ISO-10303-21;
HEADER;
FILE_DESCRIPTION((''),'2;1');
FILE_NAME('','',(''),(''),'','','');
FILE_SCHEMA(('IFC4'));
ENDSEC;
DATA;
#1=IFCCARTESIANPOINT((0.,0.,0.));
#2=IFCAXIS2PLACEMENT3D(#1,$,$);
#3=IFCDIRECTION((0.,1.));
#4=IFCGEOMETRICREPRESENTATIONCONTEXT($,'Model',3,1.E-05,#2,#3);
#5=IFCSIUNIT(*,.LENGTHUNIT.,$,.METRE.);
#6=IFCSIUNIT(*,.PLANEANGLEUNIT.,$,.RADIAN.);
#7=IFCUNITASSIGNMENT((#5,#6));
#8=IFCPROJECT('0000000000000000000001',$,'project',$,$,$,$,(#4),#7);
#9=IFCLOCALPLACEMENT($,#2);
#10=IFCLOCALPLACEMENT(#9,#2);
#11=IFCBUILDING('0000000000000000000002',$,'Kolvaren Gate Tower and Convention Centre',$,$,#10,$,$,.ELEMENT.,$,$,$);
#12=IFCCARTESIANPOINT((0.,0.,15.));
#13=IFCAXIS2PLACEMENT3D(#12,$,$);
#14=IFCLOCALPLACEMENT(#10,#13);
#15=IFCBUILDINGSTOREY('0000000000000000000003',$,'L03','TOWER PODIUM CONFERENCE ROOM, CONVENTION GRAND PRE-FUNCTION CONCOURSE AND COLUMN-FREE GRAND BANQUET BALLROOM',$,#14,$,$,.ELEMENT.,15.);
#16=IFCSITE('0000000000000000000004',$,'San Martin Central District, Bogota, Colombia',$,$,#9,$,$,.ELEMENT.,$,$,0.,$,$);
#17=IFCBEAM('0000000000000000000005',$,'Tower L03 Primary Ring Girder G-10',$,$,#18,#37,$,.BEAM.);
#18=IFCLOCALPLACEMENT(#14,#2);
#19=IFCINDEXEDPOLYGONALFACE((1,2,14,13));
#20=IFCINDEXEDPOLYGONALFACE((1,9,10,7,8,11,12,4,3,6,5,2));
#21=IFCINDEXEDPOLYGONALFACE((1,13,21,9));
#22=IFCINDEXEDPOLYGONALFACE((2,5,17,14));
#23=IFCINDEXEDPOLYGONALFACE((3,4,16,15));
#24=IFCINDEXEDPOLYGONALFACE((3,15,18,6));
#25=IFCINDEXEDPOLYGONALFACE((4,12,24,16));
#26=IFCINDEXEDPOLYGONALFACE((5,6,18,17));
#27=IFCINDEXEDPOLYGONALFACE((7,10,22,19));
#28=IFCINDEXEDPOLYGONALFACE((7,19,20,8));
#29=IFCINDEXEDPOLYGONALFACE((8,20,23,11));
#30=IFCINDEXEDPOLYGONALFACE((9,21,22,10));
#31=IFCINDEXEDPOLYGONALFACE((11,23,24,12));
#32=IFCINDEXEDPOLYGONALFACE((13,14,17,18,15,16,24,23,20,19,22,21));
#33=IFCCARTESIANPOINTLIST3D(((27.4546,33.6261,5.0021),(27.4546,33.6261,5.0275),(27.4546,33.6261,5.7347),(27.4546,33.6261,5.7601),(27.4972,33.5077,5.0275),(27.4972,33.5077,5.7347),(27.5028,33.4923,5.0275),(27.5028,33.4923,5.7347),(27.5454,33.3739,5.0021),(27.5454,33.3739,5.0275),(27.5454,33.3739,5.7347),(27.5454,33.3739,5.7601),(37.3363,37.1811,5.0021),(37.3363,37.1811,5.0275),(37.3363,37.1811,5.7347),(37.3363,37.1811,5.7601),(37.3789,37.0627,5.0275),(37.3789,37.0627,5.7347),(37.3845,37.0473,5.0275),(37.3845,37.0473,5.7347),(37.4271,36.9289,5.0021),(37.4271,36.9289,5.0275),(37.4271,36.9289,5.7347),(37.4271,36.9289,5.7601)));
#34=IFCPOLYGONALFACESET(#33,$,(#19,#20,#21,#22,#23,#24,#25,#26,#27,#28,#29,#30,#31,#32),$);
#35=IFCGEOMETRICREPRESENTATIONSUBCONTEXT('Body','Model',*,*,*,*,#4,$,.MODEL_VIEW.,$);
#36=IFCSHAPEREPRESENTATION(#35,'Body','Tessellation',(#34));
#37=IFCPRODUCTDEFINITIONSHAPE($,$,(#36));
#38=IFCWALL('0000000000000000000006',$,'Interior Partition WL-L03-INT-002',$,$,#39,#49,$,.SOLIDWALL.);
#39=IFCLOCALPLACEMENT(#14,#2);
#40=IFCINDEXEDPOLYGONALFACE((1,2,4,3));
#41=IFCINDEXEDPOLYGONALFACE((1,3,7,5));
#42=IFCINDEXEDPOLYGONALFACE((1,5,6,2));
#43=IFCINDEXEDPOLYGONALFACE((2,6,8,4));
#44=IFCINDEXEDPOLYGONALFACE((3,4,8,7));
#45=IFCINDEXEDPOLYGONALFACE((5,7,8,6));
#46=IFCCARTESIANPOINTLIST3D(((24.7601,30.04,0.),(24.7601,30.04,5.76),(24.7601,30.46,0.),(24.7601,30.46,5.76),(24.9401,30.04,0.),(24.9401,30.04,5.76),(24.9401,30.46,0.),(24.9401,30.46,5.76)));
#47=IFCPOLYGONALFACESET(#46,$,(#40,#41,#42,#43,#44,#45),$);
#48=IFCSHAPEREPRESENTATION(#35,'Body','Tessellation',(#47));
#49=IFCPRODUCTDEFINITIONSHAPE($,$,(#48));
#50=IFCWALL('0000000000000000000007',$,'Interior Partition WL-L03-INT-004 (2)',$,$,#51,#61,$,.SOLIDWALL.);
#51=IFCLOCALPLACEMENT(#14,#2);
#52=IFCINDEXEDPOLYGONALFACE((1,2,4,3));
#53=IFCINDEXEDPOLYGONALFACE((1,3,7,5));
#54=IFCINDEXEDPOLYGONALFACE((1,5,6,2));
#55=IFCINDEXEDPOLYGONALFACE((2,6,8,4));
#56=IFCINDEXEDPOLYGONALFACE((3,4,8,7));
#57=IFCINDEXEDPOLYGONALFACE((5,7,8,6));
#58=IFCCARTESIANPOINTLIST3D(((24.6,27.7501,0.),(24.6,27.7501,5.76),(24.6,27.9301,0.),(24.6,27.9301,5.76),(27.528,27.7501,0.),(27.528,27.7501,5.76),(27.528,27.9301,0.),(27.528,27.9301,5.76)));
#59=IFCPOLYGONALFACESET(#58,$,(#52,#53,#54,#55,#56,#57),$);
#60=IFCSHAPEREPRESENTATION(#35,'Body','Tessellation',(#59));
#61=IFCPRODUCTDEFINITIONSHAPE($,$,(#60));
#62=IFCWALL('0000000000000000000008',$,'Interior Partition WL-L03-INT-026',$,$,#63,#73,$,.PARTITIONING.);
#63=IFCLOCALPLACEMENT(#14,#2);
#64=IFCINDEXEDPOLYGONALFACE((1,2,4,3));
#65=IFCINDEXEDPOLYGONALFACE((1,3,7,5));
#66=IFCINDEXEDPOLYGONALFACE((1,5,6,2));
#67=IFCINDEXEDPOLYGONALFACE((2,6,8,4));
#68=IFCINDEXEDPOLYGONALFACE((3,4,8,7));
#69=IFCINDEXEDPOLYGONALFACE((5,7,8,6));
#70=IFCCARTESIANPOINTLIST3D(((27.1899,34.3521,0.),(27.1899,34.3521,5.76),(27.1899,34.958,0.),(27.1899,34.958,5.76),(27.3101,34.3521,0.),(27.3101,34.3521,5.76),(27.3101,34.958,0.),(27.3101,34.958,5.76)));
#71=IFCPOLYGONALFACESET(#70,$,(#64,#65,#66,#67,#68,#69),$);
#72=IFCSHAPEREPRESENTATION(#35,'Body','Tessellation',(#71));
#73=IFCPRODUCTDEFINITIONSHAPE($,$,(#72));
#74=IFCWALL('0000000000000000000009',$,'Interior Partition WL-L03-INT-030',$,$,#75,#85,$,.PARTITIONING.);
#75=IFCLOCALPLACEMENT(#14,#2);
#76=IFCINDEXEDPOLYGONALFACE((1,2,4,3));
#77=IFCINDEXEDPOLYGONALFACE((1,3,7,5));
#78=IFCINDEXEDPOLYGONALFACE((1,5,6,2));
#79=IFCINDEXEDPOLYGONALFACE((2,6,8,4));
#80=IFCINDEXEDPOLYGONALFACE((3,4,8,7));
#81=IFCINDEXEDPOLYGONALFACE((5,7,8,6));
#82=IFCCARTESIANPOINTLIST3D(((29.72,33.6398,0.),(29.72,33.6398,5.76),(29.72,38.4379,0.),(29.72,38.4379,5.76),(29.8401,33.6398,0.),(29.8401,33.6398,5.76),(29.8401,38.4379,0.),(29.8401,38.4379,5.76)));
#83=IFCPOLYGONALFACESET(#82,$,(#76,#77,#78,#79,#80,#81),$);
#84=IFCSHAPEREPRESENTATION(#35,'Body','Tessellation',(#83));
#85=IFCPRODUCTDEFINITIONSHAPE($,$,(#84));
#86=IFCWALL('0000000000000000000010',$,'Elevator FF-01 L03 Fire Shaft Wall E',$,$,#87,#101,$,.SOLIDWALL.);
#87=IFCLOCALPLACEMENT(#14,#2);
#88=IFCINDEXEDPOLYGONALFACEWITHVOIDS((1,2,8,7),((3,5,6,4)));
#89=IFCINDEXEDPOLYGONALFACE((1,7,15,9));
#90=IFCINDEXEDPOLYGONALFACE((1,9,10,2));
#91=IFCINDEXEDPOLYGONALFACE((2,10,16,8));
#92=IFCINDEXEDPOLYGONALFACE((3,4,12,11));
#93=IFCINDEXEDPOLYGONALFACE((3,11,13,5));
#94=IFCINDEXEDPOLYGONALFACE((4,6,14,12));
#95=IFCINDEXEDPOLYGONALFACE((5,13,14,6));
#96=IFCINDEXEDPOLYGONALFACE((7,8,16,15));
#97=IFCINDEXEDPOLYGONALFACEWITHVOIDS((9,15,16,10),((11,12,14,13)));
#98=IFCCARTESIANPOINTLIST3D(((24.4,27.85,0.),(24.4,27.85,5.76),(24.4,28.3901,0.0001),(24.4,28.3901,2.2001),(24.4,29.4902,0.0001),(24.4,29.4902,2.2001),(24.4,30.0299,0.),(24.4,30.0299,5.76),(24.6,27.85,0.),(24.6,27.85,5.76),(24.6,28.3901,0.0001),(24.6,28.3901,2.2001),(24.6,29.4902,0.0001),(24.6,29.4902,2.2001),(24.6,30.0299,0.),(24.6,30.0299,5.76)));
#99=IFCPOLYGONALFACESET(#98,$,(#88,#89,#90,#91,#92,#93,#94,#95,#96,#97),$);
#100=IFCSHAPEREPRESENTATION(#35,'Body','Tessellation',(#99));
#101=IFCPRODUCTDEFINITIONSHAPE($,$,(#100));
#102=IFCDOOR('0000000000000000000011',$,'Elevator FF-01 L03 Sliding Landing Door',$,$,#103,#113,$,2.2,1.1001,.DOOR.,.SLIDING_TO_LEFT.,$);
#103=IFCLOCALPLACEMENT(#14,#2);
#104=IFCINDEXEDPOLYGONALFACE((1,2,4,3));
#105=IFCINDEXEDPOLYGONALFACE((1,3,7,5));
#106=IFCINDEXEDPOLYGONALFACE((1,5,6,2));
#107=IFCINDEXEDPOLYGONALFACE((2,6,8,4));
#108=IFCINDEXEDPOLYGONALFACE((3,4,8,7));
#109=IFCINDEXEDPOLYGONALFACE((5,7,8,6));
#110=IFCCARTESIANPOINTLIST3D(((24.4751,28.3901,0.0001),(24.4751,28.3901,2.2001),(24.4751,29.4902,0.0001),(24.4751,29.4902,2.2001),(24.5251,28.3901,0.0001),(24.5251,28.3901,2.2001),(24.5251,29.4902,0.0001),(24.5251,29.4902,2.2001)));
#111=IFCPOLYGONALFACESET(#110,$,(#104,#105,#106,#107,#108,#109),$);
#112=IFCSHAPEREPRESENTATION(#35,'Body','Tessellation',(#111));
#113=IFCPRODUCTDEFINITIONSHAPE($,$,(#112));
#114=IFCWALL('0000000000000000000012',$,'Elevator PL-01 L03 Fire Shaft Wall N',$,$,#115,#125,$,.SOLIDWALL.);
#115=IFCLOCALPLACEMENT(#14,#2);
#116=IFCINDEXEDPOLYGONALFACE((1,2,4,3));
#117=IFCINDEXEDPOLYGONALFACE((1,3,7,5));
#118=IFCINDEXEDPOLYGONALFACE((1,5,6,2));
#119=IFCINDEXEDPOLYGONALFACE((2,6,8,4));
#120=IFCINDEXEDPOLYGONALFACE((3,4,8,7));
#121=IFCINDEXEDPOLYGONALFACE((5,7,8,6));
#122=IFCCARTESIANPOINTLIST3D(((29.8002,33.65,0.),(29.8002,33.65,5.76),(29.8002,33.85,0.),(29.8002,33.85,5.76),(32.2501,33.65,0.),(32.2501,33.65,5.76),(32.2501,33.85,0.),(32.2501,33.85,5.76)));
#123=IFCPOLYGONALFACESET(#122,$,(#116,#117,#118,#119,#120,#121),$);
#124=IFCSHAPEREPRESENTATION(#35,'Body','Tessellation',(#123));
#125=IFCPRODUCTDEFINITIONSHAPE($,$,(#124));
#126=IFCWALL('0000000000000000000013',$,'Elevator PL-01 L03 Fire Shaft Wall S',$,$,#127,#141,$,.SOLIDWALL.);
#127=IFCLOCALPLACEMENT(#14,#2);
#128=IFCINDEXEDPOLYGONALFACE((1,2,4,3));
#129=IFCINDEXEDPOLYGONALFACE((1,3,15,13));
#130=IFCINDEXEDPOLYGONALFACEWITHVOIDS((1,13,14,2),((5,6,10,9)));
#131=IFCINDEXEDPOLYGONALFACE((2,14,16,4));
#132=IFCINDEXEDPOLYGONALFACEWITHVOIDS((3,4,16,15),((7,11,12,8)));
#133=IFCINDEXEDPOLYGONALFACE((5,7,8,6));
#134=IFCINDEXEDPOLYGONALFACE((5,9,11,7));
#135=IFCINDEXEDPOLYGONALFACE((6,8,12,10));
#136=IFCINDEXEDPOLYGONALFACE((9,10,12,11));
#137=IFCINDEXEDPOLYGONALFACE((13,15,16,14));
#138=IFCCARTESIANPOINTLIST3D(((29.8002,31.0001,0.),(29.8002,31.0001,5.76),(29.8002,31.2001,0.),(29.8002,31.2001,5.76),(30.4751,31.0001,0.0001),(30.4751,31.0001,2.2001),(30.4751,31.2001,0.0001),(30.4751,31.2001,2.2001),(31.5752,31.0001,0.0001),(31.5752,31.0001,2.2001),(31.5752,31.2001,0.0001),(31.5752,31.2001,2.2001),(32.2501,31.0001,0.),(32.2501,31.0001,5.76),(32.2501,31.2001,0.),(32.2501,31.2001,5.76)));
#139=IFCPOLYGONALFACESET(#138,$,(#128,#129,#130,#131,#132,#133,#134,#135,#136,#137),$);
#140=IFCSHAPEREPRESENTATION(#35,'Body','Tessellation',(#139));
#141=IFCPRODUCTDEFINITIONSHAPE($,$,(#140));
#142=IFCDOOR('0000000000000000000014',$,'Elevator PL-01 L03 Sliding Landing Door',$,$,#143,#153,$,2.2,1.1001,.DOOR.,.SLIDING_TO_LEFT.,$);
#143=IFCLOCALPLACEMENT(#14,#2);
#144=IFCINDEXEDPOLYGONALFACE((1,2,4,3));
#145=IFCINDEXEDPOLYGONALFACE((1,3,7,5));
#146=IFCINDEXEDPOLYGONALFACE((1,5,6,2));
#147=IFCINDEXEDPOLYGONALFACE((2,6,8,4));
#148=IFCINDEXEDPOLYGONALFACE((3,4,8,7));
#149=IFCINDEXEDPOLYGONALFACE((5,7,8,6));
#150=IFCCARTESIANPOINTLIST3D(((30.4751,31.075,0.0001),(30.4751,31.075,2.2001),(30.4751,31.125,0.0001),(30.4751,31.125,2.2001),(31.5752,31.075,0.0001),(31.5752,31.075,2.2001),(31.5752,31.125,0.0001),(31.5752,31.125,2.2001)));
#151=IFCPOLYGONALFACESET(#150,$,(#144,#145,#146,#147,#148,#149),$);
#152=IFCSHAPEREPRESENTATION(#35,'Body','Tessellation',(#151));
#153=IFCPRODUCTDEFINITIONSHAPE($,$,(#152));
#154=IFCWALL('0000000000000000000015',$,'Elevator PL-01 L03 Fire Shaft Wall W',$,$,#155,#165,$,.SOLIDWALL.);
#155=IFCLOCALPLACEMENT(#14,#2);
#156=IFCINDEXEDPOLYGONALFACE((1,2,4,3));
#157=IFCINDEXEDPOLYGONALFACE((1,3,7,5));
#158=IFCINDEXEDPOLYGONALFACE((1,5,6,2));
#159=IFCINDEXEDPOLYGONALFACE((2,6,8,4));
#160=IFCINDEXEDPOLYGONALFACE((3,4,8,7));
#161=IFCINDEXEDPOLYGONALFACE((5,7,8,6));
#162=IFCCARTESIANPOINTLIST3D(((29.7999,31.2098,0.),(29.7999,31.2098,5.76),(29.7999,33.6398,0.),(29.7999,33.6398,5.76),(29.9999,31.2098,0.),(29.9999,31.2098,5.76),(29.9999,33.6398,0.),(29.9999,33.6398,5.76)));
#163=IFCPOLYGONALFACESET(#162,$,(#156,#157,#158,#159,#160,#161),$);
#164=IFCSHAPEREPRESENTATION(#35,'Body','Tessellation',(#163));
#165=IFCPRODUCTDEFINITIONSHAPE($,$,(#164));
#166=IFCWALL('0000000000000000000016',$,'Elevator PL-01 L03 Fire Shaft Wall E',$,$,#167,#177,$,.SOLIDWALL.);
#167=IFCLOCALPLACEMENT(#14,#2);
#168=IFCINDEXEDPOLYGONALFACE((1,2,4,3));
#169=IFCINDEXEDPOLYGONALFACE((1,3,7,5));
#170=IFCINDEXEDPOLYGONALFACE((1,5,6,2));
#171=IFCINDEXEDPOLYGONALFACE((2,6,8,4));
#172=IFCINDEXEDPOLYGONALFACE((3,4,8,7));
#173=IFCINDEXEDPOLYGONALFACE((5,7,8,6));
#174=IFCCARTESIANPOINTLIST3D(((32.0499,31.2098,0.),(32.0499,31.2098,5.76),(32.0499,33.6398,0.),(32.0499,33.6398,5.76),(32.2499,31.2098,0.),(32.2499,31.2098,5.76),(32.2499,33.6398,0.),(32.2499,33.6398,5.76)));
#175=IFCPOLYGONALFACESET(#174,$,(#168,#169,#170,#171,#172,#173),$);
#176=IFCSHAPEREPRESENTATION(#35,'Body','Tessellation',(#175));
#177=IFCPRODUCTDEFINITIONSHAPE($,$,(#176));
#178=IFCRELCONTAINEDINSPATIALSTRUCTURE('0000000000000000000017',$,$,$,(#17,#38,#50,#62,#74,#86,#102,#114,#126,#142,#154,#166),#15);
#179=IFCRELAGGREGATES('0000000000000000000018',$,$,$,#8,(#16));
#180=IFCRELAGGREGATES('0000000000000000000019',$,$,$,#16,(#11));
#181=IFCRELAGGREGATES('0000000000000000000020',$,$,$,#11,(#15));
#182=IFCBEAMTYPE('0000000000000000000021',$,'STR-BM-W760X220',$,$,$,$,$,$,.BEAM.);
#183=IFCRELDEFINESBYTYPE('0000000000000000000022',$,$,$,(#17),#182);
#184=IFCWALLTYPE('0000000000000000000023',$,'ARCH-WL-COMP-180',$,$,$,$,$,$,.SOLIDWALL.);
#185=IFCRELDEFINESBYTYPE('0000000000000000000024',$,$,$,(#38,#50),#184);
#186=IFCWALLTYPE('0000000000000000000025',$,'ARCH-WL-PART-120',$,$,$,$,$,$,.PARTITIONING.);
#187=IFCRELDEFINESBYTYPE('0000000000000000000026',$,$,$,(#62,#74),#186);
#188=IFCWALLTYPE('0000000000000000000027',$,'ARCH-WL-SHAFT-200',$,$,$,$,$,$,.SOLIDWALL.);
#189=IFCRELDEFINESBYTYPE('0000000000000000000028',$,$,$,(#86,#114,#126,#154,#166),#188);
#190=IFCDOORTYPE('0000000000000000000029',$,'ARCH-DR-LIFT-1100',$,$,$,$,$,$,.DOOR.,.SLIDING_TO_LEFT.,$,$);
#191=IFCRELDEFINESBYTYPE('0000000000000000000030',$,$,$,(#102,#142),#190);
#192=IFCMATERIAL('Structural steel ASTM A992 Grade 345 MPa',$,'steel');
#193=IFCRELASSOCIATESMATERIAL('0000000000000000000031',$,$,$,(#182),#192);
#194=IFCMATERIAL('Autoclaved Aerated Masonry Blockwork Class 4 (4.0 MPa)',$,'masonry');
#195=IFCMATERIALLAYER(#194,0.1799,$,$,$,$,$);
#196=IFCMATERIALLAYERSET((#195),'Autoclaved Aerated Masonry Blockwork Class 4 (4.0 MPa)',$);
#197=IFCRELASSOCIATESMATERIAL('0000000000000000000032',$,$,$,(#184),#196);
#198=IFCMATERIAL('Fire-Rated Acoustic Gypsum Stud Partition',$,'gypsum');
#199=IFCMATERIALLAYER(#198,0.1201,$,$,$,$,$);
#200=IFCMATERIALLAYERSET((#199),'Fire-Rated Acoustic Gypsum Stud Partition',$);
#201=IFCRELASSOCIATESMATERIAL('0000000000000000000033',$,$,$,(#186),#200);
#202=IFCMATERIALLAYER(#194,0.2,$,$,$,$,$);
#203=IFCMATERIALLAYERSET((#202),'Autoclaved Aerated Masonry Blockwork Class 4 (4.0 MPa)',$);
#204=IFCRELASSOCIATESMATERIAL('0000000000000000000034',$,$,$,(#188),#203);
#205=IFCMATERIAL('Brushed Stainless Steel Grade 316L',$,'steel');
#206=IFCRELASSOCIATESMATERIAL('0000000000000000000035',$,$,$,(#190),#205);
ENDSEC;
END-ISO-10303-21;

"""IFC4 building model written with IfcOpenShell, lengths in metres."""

from ifc_helpers import new_model, si_unit, direction, frame, frame_2d, origin, origin_2d, place, context, subcontext, project, spatial, rectangle, i_section, extrude, material, layer, layer_set, material_profile, profile_set, type_object, element, fill, save


model = new_model("IFC4")

# Units and contexts
model_context = context("Model", 3, precision=1e-05, world=origin(), true_north=direction((0.0, 1.0)))
body_context = subcontext(model_context, "Body", "Model", "MODEL_VIEW")
ifc_project = project(units=[si_unit("LENGTHUNIT", "METRE"), si_unit("PLANEANGLEUNIT", "RADIAN")], contexts=[model_context])

# Site, building, storey
site_placement = place(None, origin())
site = spatial("IfcSite", under=ifc_project, at=site_placement, Name="San Martin Central District, Bogota, Colombia", CompositionType="ELEMENT", RefElevation=0.0)
building_placement = place(site_placement, origin())
building = spatial("IfcBuilding", under=site, at=building_placement, Name="Kolvaren Gate Tower and Convention Centre", CompositionType="ELEMENT")
storey_placement = place(building_placement, frame((0.0, 0.0, 15.0)))
storey = spatial("IfcBuildingStorey", under=building, at=storey_placement, Name="L03", Description="TOWER PODIUM CONFERENCE ROOM, CONVENTION GRAND PRE-FUNCTION CONCOURSE AND COLUMN-FREE GRAND BANQUET BALLROOM", CompositionType="ELEMENT", Elevation=15.0)

# Beam
ifc_material_1 = material(Name="Structural steel ASTM A992 Grade 345 MPa", Category="steel")
ifc_material_profile = material_profile(ifc_material_1, i_section(OverallWidth=0.2681, OverallDepth=0.7581, WebThickness=0.0164, FlangeThickness=0.0254, at=origin_2d()), Name="W760X220")
ifc_profile_set = profile_set([ifc_material_profile], Name="Structural steel ASTM A992 Grade 345 MPa")
beam_type = type_object("IfcBeamType", Name="STR-BM-W760X220", PredefinedType="BEAM", material=ifc_profile_set)
beam_placement = place(storey_placement, frame((27.5, 33.5, 5.3811), z_axis=(0.940961, 0.338514, 0.0), x_axis=(-0.338514, 0.940961, 0.0)))
element("IfcBeam", 1, at=beam_placement, inside=storey, type_object=beam_type, Name="Tower L03 Primary Ring Girder G-10", PredefinedType="BEAM", context=body_context, shape_type="SweptSolid", body=[
    extrude(i_section(OverallWidth=0.2681, OverallDepth=0.7581, WebThickness=0.0164, FlangeThickness=0.0254, at=origin_2d()), origin(), (0.0, 0.0, 1.0), 10.5017),
])

# Walls
ifc_material_2 = material(Name="Autoclaved Aerated Masonry Blockwork Class 4 (4.0 MPa)", Category="masonry")
ifc_layer_1 = layer(ifc_material_2, 0.1799)
ifc_layer_set_1 = layer_set([ifc_layer_1], Name="Autoclaved Aerated Masonry Blockwork Class 4 (4.0 MPa)")
wall_type_1 = type_object("IfcWallType", Name="ARCH-WL-COMP-180", PredefinedType="SOLIDWALL", material=ifc_layer_set_1)
wall_1_placement = place(storey_placement, frame((24.8501, 30.04, 0.0), z_axis=(0.0, 0.0, 1.0), x_axis=(0.0, 1.0, 0.0)))
element("IfcWall", 2, at=wall_1_placement, inside=storey, type_object=wall_type_1, Name="Interior Partition WL-L03-INT-002", PredefinedType="SOLIDWALL", context=body_context, shape_type="SweptSolid", body=[
    extrude(rectangle(XDim=0.4199, YDim=0.1799, at=frame_2d((0.21, 0.0))), origin(), (0.0, 0.0, 1.0), 5.76),
])
wall_2_placement = place(storey_placement, frame((24.6001, 27.8401, 0.0), z_axis=(0.0, 0.0, 1.0), x_axis=(1.0, 0.0, 0.0)))
element("IfcWall", 3, at=wall_2_placement, inside=storey, type_object=wall_type_1, Name="Interior Partition WL-L03-INT-004 (2)", PredefinedType="SOLIDWALL", context=body_context, shape_type="SweptSolid", body=[
    extrude(rectangle(XDim=2.928, YDim=0.1799, at=frame_2d((1.4639, 0.0))), origin(), (0.0, 0.0, 1.0), 5.76),
])
ifc_material_3 = material(Name="Fire-Rated Acoustic Gypsum Stud Partition", Category="gypsum")
ifc_layer_2 = layer(ifc_material_3, 0.1201)
ifc_layer_set_2 = layer_set([ifc_layer_2], Name="Fire-Rated Acoustic Gypsum Stud Partition")
wall_type_2 = type_object("IfcWallType", Name="ARCH-WL-PART-120", PredefinedType="PARTITIONING", material=ifc_layer_set_2)
wall_3_placement = place(storey_placement, frame((27.25, 34.3521, 0.0), z_axis=(0.0, 0.0, 1.0), x_axis=(0.0, 1.0, 0.0)))
element("IfcWall", 4, at=wall_3_placement, inside=storey, type_object=wall_type_2, Name="Interior Partition WL-L03-INT-026", PredefinedType="PARTITIONING", context=body_context, shape_type="SweptSolid", body=[
    extrude(rectangle(XDim=0.606, YDim=0.1201, at=frame_2d((0.303, 0.0))), origin(), (0.0, 0.0, 1.0), 5.76),
])
wall_4_placement = place(storey_placement, frame((29.78, 33.6399, 0.0), z_axis=(0.0, 0.0, 1.0), x_axis=(0.0, 1.0, 0.0)))
element("IfcWall", 5, at=wall_4_placement, inside=storey, type_object=wall_type_2, Name="Interior Partition WL-L03-INT-030", PredefinedType="PARTITIONING", context=body_context, shape_type="SweptSolid", body=[
    extrude(rectangle(XDim=4.7981, YDim=0.1201, at=frame_2d((2.3989, 0.0))), origin(), (0.0, 0.0, 1.0), 5.76),
])

# Wall, opening, door
ifc_layer_3 = layer(ifc_material_2, 0.2)
ifc_layer_set_3 = layer_set([ifc_layer_3], Name="Autoclaved Aerated Masonry Blockwork Class 4 (4.0 MPa)")
wall_type_3 = type_object("IfcWallType", Name="ARCH-WL-SHAFT-200", PredefinedType="SOLIDWALL", material=ifc_layer_set_3)
wall_5_placement = place(storey_placement, frame((24.5, 27.8501, 0.0), z_axis=(0.0, 0.0, 1.0), x_axis=(0.0, 1.0, 0.0)))
wall_5 = element("IfcWall", 6, at=wall_5_placement, inside=storey, type_object=wall_type_3, Name="Elevator FF-01 L03 Fire Shaft Wall E", PredefinedType="SOLIDWALL", context=body_context, shape_type="SweptSolid", body=[
    extrude(rectangle(XDim=2.1799, YDim=0.2, at=frame_2d((1.0898, 0.0))), origin(), (0.0, 0.0, 1.0), 5.76),
])
opening_1_placement = place(wall_5_placement, frame((0.54, 0.0, 0.0)))
opening_1 = element("IfcOpeningElement", 7, at=opening_1_placement, cuts=wall_5, PredefinedType="OPENING", context=body_context, shape_type="SweptSolid", body=[
    extrude(rectangle(XDim=1.1001, YDim=2.2, at=frame_2d((0.55, 1.1001))), frame((0.0, 0.1099, 0.0), z_axis=(0.0, -1.0, 0.0), x_axis=(1.0, 0.0, 0.0)), (0.0, 0.0, 1.0), 0.22),
])
ifc_material_4 = material(Name="Brushed Stainless Steel Grade 316L", Category="steel")
door_type_1 = type_object("IfcDoorType", Name="ARCH-DR-LIFT-1100", OperationType="SLIDING_TO_LEFT", PredefinedType="DOOR", material=ifc_material_4)
door_1_placement = place(opening_1_placement, origin())
door_1 = element("IfcDoor", 8, at=door_1_placement, inside=storey, type_object=door_type_1, Name="Elevator FF-01 L03 Sliding Landing Door", OperationType="SLIDING_TO_LEFT", OverallHeight=2.2, OverallWidth=1.1001, PredefinedType="DOOR", context=body_context, shape_type="SweptSolid", body=[
    extrude(rectangle(XDim=1.1001, YDim=2.2, at=frame_2d((0.55, 1.1001))), frame((0.0, 0.0249, 0.0), z_axis=(0.0, -1.0, 0.0), x_axis=(1.0, 0.0, 0.0)), (0.0, 0.0, 1.0), 0.05),
])
fill(opening_1, door_1)

# Wall
wall_6_placement = place(storey_placement, frame((29.8, 33.75, 0.0), z_axis=(0.0, 0.0, 1.0), x_axis=(1.0, 0.0, 0.0)))
element("IfcWall", 9, at=wall_6_placement, inside=storey, type_object=wall_type_3, Name="Elevator PL-01 L03 Fire Shaft Wall N", PredefinedType="SOLIDWALL", context=body_context, shape_type="SweptSolid", body=[
    extrude(rectangle(XDim=2.45, YDim=0.2, at=frame_2d((1.2251, 0.0))), origin(), (0.0, 0.0, 1.0), 5.76),
])

# Wall, opening, door
wall_7_placement = place(storey_placement, frame((29.8, 31.1001, 0.0), z_axis=(0.0, 0.0, 1.0), x_axis=(1.0, 0.0, 0.0)))
wall_7 = element("IfcWall", 10, at=wall_7_placement, inside=storey, type_object=wall_type_3, Name="Elevator PL-01 L03 Fire Shaft Wall S", PredefinedType="SOLIDWALL", context=body_context, shape_type="SweptSolid", body=[
    extrude(rectangle(XDim=2.45, YDim=0.2, at=frame_2d((1.2251, 0.0))), origin(), (0.0, 0.0, 1.0), 5.76),
])
opening_2_placement = place(wall_7_placement, frame((0.675, 0.0, 0.0)))
opening_2 = element("IfcOpeningElement", 11, at=opening_2_placement, cuts=wall_7, PredefinedType="OPENING", context=body_context, shape_type="SweptSolid", body=[
    extrude(rectangle(XDim=1.1001, YDim=2.2, at=frame_2d((0.55, 1.1001))), frame((0.0, 0.1099, 0.0), z_axis=(0.0, -1.0, 0.0), x_axis=(1.0, 0.0, 0.0)), (0.0, 0.0, 1.0), 0.22),
])
door_2_placement = place(opening_2_placement, origin())
door_2 = element("IfcDoor", 12, at=door_2_placement, inside=storey, type_object=door_type_1, Name="Elevator PL-01 L03 Sliding Landing Door", OperationType="SLIDING_TO_LEFT", OverallHeight=2.2, OverallWidth=1.1001, PredefinedType="DOOR", context=body_context, shape_type="SweptSolid", body=[
    extrude(rectangle(XDim=1.1001, YDim=2.2, at=frame_2d((0.55, 1.1001))), frame((0.0, 0.0249, 0.0), z_axis=(0.0, -1.0, 0.0), x_axis=(1.0, 0.0, 0.0)), (0.0, 0.0, 1.0), 0.05),
])
fill(opening_2, door_2)

# Walls
for number, where, z_axis, x_axis, name in (
    (13, (29.8999, 31.21, 0.0), (0.0, 0.0, 1.0), (0.0, 1.0, 0.0), "Elevator PL-01 L03 Fire Shaft Wall W"),
    (14, (32.1499, 31.21, 0.0), (0.0, 0.0, 1.0), (0.0, 1.0, 0.0), "Elevator PL-01 L03 Fire Shaft Wall E"),
):
    element("IfcWall", number, at=place(storey_placement, frame(where, z_axis=z_axis, x_axis=x_axis)), inside=storey, type_object=wall_type_3, Name=name, PredefinedType="SOLIDWALL", context=body_context, shape_type="SweptSolid", body=[
        extrude(rectangle(XDim=2.4299, YDim=0.2, at=frame_2d((1.2148, 0.0))), origin(), (0.0, 0.0, 1.0), 5.76),
    ])

save(model, "model.ifc")
